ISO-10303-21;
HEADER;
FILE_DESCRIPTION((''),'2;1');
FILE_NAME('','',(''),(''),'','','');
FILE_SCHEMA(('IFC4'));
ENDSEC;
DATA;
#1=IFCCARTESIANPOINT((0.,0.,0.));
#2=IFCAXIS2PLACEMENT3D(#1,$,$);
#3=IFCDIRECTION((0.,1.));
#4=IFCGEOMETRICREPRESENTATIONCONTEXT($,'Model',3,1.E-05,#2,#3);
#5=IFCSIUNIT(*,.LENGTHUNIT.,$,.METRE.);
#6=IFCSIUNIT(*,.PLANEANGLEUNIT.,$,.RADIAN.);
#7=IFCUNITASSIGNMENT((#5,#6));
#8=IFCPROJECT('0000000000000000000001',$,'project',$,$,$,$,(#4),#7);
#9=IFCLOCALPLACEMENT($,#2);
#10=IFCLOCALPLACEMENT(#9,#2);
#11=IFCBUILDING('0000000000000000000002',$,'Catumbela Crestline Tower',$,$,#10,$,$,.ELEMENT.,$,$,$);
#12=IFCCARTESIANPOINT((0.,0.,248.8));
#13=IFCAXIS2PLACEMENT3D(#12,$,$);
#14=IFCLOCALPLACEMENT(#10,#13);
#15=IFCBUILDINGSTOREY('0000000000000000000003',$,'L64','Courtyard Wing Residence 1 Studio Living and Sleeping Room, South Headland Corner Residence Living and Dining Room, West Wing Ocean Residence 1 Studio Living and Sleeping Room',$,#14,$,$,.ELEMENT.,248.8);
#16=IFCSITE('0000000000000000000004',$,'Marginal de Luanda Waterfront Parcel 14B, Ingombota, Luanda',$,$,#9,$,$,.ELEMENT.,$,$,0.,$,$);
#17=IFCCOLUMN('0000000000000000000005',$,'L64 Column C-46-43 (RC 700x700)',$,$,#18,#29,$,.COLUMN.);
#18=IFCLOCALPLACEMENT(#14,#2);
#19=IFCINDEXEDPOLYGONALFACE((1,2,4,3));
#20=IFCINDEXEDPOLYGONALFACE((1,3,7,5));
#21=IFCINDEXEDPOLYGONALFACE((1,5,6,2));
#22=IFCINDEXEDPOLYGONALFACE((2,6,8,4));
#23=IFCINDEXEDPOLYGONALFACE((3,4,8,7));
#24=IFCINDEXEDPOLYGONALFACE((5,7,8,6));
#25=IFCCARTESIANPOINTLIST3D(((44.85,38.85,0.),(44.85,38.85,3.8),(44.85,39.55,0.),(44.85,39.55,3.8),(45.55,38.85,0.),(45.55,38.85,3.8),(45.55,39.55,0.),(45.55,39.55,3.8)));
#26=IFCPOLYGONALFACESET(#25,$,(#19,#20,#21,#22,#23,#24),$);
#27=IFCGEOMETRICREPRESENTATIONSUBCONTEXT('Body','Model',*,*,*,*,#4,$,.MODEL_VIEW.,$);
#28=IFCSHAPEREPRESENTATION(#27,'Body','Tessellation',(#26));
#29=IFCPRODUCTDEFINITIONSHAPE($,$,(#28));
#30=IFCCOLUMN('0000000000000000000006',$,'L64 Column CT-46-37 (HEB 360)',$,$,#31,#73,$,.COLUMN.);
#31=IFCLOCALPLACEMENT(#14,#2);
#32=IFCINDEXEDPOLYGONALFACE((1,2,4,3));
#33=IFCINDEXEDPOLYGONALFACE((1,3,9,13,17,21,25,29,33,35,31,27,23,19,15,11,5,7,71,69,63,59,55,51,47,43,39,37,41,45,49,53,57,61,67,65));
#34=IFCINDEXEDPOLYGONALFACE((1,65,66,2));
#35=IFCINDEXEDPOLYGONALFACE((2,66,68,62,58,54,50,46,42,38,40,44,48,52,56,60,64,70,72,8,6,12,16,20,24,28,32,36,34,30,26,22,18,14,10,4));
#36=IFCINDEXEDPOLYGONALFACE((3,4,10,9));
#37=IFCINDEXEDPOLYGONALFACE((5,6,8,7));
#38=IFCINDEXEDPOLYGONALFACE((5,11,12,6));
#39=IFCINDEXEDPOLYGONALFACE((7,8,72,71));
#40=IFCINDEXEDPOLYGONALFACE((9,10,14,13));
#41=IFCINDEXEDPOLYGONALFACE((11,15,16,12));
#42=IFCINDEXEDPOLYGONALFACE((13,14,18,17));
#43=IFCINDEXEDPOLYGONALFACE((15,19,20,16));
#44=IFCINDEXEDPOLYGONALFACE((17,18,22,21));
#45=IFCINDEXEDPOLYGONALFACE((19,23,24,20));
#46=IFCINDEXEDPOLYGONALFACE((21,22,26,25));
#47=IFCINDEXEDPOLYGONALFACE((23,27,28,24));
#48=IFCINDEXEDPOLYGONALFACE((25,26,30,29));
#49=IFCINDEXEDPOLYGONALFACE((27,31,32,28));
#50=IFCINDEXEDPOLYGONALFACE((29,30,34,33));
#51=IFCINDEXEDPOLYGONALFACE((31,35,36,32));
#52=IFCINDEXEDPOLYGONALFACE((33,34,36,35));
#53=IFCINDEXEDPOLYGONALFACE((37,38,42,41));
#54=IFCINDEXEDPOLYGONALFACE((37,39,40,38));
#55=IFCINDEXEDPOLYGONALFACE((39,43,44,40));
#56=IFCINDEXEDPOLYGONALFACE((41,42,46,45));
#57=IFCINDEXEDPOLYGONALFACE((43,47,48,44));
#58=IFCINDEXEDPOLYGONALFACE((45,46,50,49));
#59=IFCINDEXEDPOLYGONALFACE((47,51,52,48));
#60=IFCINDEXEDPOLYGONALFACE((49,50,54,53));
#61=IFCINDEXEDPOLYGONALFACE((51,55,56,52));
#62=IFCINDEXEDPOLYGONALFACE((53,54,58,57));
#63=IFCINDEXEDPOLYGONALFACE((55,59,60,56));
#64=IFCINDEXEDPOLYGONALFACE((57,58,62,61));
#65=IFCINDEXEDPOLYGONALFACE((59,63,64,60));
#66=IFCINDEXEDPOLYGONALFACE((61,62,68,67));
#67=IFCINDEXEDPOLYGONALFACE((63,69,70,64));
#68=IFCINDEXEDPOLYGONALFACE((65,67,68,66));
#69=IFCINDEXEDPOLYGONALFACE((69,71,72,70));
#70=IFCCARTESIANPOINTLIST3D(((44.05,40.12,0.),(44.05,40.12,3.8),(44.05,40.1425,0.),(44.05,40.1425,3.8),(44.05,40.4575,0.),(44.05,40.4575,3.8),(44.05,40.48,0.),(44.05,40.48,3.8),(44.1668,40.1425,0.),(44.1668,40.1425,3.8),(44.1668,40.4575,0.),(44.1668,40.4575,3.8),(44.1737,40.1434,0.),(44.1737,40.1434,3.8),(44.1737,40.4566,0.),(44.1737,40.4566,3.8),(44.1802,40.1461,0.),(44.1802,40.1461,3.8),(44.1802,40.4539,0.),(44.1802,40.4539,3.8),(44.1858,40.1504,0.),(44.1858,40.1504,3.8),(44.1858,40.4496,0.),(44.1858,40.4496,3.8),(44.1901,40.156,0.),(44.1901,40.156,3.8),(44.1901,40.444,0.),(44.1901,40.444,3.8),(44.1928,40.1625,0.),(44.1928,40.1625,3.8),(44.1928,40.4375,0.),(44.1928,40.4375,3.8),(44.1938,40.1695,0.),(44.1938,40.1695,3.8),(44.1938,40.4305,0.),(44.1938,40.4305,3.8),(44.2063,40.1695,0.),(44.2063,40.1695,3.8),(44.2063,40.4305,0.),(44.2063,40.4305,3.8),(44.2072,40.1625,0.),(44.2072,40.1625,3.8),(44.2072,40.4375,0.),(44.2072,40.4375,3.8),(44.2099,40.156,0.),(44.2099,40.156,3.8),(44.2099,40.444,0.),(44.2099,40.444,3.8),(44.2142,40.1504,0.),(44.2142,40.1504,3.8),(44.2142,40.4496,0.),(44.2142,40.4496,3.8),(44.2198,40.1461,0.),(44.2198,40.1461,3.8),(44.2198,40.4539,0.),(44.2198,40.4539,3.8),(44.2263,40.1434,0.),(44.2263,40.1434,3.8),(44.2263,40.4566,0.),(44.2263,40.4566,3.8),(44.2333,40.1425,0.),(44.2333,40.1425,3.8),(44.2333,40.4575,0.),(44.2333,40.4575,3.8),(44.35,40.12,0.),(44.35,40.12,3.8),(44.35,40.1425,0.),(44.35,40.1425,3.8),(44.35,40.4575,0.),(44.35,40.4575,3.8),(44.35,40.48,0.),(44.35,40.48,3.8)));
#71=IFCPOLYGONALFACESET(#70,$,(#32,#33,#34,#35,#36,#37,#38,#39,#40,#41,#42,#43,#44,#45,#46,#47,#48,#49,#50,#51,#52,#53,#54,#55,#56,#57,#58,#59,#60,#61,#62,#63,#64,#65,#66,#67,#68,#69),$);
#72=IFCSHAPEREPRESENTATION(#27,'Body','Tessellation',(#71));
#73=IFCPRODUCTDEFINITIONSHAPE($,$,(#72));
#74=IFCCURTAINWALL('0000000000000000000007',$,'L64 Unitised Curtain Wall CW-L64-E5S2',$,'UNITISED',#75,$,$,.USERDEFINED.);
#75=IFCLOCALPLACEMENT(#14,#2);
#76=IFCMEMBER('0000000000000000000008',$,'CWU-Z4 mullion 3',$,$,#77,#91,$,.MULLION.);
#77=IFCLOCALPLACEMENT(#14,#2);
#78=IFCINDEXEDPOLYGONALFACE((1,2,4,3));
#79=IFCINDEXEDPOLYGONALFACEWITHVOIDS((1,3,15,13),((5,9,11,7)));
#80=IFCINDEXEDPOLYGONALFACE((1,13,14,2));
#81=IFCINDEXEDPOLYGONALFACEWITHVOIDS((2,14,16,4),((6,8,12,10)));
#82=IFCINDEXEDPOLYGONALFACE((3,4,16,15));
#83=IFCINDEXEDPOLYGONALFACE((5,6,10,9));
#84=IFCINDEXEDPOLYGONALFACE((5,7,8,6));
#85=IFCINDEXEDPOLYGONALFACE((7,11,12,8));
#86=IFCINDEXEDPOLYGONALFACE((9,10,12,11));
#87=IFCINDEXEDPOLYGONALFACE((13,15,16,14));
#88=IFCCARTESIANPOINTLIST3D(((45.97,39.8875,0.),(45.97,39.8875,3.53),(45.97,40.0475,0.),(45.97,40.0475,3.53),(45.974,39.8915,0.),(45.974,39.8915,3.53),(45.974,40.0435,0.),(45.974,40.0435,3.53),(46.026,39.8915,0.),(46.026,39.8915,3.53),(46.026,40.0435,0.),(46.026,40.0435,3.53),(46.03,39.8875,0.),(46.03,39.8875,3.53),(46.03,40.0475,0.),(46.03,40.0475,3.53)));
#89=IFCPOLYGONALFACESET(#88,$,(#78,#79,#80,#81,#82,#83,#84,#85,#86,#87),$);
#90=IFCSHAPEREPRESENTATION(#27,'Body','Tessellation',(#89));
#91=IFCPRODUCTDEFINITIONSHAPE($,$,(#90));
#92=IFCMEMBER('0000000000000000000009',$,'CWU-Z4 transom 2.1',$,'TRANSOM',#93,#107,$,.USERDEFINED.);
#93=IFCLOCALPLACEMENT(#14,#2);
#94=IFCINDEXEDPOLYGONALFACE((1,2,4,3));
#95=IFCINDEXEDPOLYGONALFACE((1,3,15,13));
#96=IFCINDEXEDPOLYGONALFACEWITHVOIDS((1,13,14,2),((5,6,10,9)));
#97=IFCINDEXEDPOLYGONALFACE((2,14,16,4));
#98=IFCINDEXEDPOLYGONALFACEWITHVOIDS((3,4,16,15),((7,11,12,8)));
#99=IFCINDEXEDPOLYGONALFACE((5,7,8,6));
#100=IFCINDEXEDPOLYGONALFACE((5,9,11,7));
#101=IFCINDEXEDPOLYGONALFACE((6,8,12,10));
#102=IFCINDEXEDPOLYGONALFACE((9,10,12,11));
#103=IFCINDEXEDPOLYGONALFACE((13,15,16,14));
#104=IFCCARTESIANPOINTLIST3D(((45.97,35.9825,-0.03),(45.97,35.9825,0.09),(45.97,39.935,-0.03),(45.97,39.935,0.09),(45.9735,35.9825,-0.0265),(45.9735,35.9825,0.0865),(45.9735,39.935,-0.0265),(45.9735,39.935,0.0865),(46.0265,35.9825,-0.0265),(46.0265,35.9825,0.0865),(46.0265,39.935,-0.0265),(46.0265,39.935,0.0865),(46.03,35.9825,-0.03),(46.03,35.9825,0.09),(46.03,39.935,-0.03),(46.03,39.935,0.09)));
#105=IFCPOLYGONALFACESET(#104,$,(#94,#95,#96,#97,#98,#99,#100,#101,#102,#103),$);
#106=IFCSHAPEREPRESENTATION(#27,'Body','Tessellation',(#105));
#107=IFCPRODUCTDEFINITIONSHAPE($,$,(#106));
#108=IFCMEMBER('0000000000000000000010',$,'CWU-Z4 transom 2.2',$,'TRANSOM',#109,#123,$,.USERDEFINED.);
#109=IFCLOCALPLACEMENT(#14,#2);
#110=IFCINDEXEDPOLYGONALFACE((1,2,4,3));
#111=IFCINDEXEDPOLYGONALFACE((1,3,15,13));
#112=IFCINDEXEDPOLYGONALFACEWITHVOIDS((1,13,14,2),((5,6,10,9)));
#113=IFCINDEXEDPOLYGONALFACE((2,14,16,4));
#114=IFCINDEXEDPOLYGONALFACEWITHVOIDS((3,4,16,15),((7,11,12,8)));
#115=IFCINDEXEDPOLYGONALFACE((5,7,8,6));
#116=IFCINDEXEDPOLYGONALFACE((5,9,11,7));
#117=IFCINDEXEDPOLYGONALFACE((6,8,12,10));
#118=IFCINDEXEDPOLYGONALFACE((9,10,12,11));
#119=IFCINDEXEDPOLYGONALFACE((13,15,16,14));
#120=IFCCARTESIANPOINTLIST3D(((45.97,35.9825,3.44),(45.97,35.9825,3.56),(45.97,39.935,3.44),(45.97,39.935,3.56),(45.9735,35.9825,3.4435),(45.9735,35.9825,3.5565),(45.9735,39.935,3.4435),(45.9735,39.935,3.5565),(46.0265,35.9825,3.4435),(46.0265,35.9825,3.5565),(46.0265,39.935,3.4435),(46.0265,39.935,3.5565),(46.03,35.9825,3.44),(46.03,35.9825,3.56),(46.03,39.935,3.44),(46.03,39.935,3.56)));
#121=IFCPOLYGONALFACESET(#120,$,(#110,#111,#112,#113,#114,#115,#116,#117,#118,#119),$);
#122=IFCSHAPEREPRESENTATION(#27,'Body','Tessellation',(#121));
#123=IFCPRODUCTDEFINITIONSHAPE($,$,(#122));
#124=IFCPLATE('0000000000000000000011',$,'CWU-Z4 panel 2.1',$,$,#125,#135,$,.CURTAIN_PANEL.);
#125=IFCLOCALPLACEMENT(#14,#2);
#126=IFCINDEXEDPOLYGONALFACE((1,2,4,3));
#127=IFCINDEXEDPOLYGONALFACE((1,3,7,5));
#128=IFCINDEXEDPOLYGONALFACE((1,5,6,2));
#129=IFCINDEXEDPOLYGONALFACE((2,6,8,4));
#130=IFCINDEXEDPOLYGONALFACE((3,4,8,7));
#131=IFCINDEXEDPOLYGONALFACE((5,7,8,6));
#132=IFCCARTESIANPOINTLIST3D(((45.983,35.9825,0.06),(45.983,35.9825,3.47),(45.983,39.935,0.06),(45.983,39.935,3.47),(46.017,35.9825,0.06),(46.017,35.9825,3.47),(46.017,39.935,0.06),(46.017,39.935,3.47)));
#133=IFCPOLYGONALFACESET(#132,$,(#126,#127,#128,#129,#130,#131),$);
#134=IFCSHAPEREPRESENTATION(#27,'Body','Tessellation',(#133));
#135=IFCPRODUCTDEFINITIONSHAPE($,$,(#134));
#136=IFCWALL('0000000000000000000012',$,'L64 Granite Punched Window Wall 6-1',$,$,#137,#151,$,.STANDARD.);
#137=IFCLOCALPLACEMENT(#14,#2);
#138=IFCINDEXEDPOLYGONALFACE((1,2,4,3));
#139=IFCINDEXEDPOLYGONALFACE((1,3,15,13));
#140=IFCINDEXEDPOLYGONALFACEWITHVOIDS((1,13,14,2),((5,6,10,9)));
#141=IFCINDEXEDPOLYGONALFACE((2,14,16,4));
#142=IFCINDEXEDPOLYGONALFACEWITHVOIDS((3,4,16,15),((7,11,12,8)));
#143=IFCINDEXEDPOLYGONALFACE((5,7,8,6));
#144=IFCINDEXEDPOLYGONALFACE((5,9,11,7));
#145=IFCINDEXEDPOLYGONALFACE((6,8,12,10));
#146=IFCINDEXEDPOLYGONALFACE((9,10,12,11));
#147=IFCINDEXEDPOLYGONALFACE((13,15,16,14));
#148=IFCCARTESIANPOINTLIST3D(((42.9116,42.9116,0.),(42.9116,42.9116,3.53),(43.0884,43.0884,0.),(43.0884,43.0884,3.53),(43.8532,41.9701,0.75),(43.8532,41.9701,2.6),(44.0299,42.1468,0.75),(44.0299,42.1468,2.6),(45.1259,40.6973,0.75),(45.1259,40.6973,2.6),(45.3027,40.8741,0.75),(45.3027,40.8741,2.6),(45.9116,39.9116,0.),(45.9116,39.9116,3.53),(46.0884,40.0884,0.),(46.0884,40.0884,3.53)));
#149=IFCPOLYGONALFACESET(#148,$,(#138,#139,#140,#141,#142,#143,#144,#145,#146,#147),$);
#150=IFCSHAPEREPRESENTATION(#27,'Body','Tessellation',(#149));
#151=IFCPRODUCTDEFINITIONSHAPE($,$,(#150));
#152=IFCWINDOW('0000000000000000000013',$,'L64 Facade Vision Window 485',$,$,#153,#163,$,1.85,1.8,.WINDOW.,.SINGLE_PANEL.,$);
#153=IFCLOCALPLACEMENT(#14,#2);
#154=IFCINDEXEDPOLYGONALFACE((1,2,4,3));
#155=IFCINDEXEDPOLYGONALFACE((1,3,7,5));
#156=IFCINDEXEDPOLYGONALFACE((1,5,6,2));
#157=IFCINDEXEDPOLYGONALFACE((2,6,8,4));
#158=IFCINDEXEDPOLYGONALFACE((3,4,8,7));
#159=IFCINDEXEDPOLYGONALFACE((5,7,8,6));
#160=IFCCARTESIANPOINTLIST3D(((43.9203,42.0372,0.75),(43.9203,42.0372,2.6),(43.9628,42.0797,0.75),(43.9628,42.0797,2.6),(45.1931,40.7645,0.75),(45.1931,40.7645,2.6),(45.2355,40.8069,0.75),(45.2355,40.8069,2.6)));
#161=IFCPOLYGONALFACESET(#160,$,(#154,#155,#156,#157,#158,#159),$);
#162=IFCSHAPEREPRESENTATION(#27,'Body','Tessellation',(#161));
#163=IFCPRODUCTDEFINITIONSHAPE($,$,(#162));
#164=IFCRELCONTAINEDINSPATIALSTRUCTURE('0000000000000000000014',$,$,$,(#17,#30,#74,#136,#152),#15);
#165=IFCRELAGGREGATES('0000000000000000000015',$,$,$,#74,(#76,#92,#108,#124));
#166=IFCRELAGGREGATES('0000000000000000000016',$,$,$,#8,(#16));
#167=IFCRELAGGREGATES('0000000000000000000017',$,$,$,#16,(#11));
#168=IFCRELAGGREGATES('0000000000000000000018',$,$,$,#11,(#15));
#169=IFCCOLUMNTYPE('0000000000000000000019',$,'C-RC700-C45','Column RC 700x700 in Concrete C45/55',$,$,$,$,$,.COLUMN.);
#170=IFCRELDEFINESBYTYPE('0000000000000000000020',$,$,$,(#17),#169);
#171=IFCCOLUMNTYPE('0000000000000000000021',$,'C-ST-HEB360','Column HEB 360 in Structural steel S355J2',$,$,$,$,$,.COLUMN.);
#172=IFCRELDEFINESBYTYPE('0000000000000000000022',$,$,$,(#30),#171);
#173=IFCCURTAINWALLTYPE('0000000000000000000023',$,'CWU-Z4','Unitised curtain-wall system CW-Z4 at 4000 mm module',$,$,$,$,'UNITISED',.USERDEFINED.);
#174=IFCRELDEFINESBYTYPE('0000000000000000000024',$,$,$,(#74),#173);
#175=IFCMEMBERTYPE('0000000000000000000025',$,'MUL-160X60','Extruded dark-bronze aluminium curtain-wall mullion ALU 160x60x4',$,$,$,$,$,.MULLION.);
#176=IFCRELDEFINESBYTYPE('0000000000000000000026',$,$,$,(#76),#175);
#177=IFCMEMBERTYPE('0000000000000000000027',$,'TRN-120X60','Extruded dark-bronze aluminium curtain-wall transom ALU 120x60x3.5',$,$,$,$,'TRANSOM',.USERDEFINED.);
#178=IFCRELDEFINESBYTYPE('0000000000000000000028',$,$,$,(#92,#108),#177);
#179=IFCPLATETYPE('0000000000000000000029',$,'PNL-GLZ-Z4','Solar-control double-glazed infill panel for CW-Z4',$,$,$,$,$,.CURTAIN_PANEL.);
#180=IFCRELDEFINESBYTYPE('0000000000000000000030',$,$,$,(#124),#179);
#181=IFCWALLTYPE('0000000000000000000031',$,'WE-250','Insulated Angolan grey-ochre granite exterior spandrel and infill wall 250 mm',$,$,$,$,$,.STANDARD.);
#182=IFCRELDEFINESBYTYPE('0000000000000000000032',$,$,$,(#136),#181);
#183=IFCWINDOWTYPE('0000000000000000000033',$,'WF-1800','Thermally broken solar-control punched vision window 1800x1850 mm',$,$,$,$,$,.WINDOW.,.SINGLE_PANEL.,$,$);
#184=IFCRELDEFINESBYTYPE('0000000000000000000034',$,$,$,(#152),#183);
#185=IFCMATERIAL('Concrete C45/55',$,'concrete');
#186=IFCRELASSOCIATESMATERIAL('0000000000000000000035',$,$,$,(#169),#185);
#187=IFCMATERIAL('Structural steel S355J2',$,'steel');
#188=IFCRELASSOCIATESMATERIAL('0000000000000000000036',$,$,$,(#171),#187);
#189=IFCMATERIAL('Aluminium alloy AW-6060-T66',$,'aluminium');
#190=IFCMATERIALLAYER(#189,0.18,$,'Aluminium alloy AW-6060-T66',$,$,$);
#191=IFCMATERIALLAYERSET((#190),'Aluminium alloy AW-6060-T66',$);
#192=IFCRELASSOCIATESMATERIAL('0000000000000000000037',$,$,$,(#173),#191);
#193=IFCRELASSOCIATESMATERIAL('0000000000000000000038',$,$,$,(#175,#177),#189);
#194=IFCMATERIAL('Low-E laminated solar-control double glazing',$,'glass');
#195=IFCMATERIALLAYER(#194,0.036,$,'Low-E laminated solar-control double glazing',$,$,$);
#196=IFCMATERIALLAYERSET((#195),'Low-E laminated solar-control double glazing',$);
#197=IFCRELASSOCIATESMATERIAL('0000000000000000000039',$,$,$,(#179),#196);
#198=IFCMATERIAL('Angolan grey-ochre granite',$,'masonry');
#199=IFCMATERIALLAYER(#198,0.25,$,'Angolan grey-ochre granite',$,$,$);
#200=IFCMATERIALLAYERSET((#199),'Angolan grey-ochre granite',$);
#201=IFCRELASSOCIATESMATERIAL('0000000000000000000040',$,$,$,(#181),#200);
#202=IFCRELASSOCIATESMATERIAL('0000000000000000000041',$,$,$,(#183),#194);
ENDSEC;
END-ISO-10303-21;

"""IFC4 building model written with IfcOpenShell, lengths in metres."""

from ifc_helpers import new_model, si_unit, direction, frame, frame_2d, origin, origin_2d, place, context, subcontext, project, spatial, rectangle, hollow_rectangle, i_section, extrude, material, layer, layer_set, material_profile, profile_set, type_object, element, fill, aggregate, save


model = new_model("IFC4")

# Units and contexts
model_context = context("Model", 3, precision=1e-05, world=origin(), true_north=direction((0.0, 1.0)))
body_context = subcontext(model_context, "Body", "Model", "MODEL_VIEW")
ifc_project = project(units=[si_unit("LENGTHUNIT", "METRE"), si_unit("PLANEANGLEUNIT", "RADIAN")], contexts=[model_context])

# Site, building, storey
site_placement = place(None, origin())
site = spatial("IfcSite", under=ifc_project, at=site_placement, Name="Marginal de Luanda Waterfront Parcel 14B, Ingombota, Luanda", CompositionType="ELEMENT", RefElevation=0.0)
building_placement = place(site_placement, origin())
building = spatial("IfcBuilding", under=site, at=building_placement, Name="Catumbela Crestline Tower", CompositionType="ELEMENT")
storey_placement = place(building_placement, frame((0.0, 0.0, 248.8)))
storey = spatial("IfcBuildingStorey", under=building, at=storey_placement, Name="L64", Description="Courtyard Wing Residence 1 Studio Living and Sleeping Room, South Headland Corner Residence Living and Dining Room, West Wing Ocean Residence 1 Studio Living and Sleeping Room", CompositionType="ELEMENT", Elevation=248.8)

# Columns
ifc_material_1 = material(Name="Concrete C45/55", Category="concrete")
ifc_material_profile_1 = material_profile(ifc_material_1, rectangle(XDim=0.7, YDim=0.7, at=origin_2d()), Name="RC 700x700")
ifc_profile_set_1 = profile_set([ifc_material_profile_1], Name="Concrete C45/55")
column_type_1 = type_object("IfcColumnType", Name="C-RC700-C45", Description="Column RC 700x700 in Concrete C45/55", PredefinedType="COLUMN", material=ifc_profile_set_1)
column_1_placement = place(storey_placement, frame((45.2, 39.2, 0.0), z_axis=(0.0, 0.0, 1.0), x_axis=(1.0, 0.0, 0.0)))
element("IfcColumn", 1, at=column_1_placement, inside=storey, type_object=column_type_1, Name="L64 Column C-46-43 (RC 700x700)", PredefinedType="COLUMN", context=body_context, shape_type="SweptSolid", body=[
    extrude(rectangle(XDim=0.7, YDim=0.7, at=origin_2d()), origin(), (0.0, 0.0, 1.0), 3.8),
])
ifc_material_2 = material(Name="Structural steel S355J2", Category="steel")
ifc_material_profile_2 = material_profile(ifc_material_2, i_section(OverallWidth=0.3, OverallDepth=0.36, WebThickness=0.0125, FlangeThickness=0.0225, FilletRadius=0.027, at=origin_2d()), Name="HEB 360")
ifc_profile_set_2 = profile_set([ifc_material_profile_2], Name="Structural steel S355J2")
column_type_2 = type_object("IfcColumnType", Name="C-ST-HEB360", Description="Column HEB 360 in Structural steel S355J2", PredefinedType="COLUMN", material=ifc_profile_set_2)
column_2_placement = place(storey_placement, frame((44.2, 40.3, 0.0), z_axis=(0.0, 0.0, 1.0), x_axis=(1.0, 0.0, 0.0)))
element("IfcColumn", 2, at=column_2_placement, inside=storey, type_object=column_type_2, Name="L64 Column CT-46-37 (HEB 360)", PredefinedType="COLUMN", context=body_context, shape_type="SweptSolid", body=[
    extrude(i_section(OverallWidth=0.3, OverallDepth=0.36, WebThickness=0.0125, FlangeThickness=0.0225, FilletRadius=0.027, at=origin_2d()), origin(), (0.0, 0.0, 1.0), 3.8),
])

# Curtain wall, members, plate
ifc_material_3 = material(Name="Aluminium alloy AW-6060-T66", Category="aluminium")
ifc_layer_1 = layer(ifc_material_3, 0.18, Name="Aluminium alloy AW-6060-T66")
ifc_layer_set_1 = layer_set([ifc_layer_1], Name="Aluminium alloy AW-6060-T66")
curtain_wall_type = type_object("IfcCurtainWallType", Name="CWU-Z4", Description="Unitised curtain-wall system CW-Z4 at 4000 mm module", ElementType="UNITISED", PredefinedType="USERDEFINED", material=ifc_layer_set_1)
curtain_wall_placement = place(storey_placement, origin())
curtain_wall = element("IfcCurtainWall", 3, at=curtain_wall_placement, inside=storey, type_object=curtain_wall_type, Name="L64 Unitised Curtain Wall CW-L64-E5S2", ObjectType="UNITISED", PredefinedType="USERDEFINED")
ifc_material_profile_3 = material_profile(ifc_material_3, hollow_rectangle(XDim=0.06, YDim=0.16, WallThickness=0.004, at=origin_2d()), Name="ALU 160x60x4")
ifc_profile_set_3 = profile_set([ifc_material_profile_3], Name="Aluminium alloy AW-6060-T66")
member_type_1 = type_object("IfcMemberType", Name="MUL-160X60", Description="Extruded dark-bronze aluminium curtain-wall mullion ALU 160x60x4", PredefinedType="MULLION", material=ifc_profile_set_3)
member_1_placement = place(storey_placement, frame((46.0, 39.9675, 0.0), z_axis=(0.0, 0.0, 1.0), x_axis=(-1.0, 0.0, 0.0)))
member_1 = element("IfcMember", 4, at=member_1_placement, type_object=member_type_1, Name="CWU-Z4 mullion 3", PredefinedType="MULLION", context=body_context, shape_type="SweptSolid", body=[
    extrude(hollow_rectangle(XDim=0.06, YDim=0.16, WallThickness=0.004, at=origin_2d()), origin(), (0.0, 0.0, 1.0), 3.53),
])
ifc_material_profile_4 = material_profile(ifc_material_3, hollow_rectangle(XDim=0.06, YDim=0.12, WallThickness=0.0035, at=origin_2d()), Name="ALU 120x60x3.5")
ifc_profile_set_4 = profile_set([ifc_material_profile_4], Name="Aluminium alloy AW-6060-T66")
member_type_2 = type_object("IfcMemberType", Name="TRN-120X60", Description="Extruded dark-bronze aluminium curtain-wall transom ALU 120x60x3.5", ElementType="TRANSOM", PredefinedType="USERDEFINED", material=ifc_profile_set_4)
member_2_placement = place(storey_placement, frame((46.0, 35.9825, 0.03), z_axis=(0.0, 1.0, 0.0), x_axis=(-1.0, 0.0, 0.0)))
member_2 = element("IfcMember", 5, at=member_2_placement, type_object=member_type_2, Name="CWU-Z4 transom 2.1", ObjectType="TRANSOM", PredefinedType="USERDEFINED", context=body_context, shape_type="SweptSolid", body=[
    extrude(hollow_rectangle(XDim=0.06, YDim=0.12, WallThickness=0.0035, at=origin_2d()), origin(), (0.0, 0.0, 1.0), 3.9525),
])
member_3_placement = place(storey_placement, frame((46.0, 35.9825, 3.5), z_axis=(0.0, 1.0, 0.0), x_axis=(-1.0, 0.0, 0.0)))
member_3 = element("IfcMember", 6, at=member_3_placement, type_object=member_type_2, Name="CWU-Z4 transom 2.2", ObjectType="TRANSOM", PredefinedType="USERDEFINED", context=body_context, shape_type="SweptSolid", body=[
    extrude(hollow_rectangle(XDim=0.06, YDim=0.12, WallThickness=0.0035, at=origin_2d()), origin(), (0.0, 0.0, 1.0), 3.9525),
])
ifc_material_4 = material(Name="Low-E laminated solar-control double glazing", Category="glass")
ifc_layer_2 = layer(ifc_material_4, 0.036, Name="Low-E laminated solar-control double glazing")
ifc_layer_set_2 = layer_set([ifc_layer_2], Name="Low-E laminated solar-control double glazing")
plate_type = type_object("IfcPlateType", Name="PNL-GLZ-Z4", Description="Solar-control double-glazed infill panel for CW-Z4", PredefinedType="CURTAIN_PANEL", material=ifc_layer_set_2)
plate_placement = place(storey_placement, frame((46.0, 37.9588, 0.06), z_axis=(0.0, 0.0, 1.0), x_axis=(0.0, 1.0, 0.0)))
plate = element("IfcPlate", 7, at=plate_placement, type_object=plate_type, Name="CWU-Z4 panel 2.1", PredefinedType="CURTAIN_PANEL", context=body_context, shape_type="SweptSolid", body=[
    extrude(rectangle(XDim=3.9525, YDim=0.034, at=origin_2d()), origin(), (0.0, 0.0, 1.0), 3.41),
])
aggregate(curtain_wall, [member_1, member_2, member_3, plate])

# Wall, opening, window
ifc_material_5 = material(Name="Angolan grey-ochre granite", Category="masonry")
ifc_layer_3 = layer(ifc_material_5, 0.25, Name="Angolan grey-ochre granite")
ifc_layer_set_3 = layer_set([ifc_layer_3], Name="Angolan grey-ochre granite")
wall_type_1 = type_object("IfcWallType", Name="WE-250", Description="Insulated Angolan grey-ochre granite exterior spandrel and infill wall 250 mm", PredefinedType="STANDARD", material=ifc_layer_set_3)
wall_1_placement = place(storey_placement, frame((46.0, 40.0, 0.0), z_axis=(0.0, 0.0, 1.0), x_axis=(-0.707107, 0.707107, 0.0)))
wall_1 = element("IfcWall", 8, at=wall_1_placement, inside=storey, type_object=wall_type_1, Name="L64 Granite Punched Window Wall 6-1", PredefinedType="STANDARD", context=body_context, shape_type="SweptSolid", body=[
    extrude(rectangle(XDim=4.2426, YDim=0.25, at=frame_2d((2.1213, 0.0))), origin(), (0.0, 0.0, 1.0), 3.53),
])
opening_1_placement = place(wall_1_placement, frame((1.1111, 0.0, 0.75)))
opening_1 = element("IfcOpeningElement", 9, at=opening_1_placement, cuts=wall_1, PredefinedType="OPENING", context=body_context, shape_type="SweptSolid", body=[
    extrude(rectangle(XDim=1.8, YDim=1.85, at=frame_2d((0.9, 0.925))), frame((0.0, 0.135, 0.0), z_axis=(0.0, -1.0, 0.0), x_axis=(1.0, 0.0, 0.0)), (0.0, 0.0, 1.0), 0.27),
])
window_type_1 = type_object("IfcWindowType", Name="WF-1800", Description="Thermally broken solar-control punched vision window 1800x1850 mm", PartitioningType="SINGLE_PANEL", PredefinedType="WINDOW", material=ifc_material_4)
window_1_placement = place(opening_1_placement, origin())
window_1 = element("IfcWindow", 10, at=window_1_placement, inside=storey, type_object=window_type_1, Name="L64 Facade Vision Window 485", OverallHeight=1.85, OverallWidth=1.8, PartitioningType="SINGLE_PANEL", PredefinedType="WINDOW", context=body_context, shape_type="SweptSolid", body=[
    extrude(rectangle(XDim=1.8, YDim=1.85, at=frame_2d((0.9, 0.925))), frame((0.0, 0.03, 0.0), z_axis=(0.0, -1.0, 0.0), x_axis=(1.0, 0.0, 0.0)), (0.0, 0.0, 1.0), 0.06),
])
fill(opening_1, window_1)

save(model, "model.ifc")
